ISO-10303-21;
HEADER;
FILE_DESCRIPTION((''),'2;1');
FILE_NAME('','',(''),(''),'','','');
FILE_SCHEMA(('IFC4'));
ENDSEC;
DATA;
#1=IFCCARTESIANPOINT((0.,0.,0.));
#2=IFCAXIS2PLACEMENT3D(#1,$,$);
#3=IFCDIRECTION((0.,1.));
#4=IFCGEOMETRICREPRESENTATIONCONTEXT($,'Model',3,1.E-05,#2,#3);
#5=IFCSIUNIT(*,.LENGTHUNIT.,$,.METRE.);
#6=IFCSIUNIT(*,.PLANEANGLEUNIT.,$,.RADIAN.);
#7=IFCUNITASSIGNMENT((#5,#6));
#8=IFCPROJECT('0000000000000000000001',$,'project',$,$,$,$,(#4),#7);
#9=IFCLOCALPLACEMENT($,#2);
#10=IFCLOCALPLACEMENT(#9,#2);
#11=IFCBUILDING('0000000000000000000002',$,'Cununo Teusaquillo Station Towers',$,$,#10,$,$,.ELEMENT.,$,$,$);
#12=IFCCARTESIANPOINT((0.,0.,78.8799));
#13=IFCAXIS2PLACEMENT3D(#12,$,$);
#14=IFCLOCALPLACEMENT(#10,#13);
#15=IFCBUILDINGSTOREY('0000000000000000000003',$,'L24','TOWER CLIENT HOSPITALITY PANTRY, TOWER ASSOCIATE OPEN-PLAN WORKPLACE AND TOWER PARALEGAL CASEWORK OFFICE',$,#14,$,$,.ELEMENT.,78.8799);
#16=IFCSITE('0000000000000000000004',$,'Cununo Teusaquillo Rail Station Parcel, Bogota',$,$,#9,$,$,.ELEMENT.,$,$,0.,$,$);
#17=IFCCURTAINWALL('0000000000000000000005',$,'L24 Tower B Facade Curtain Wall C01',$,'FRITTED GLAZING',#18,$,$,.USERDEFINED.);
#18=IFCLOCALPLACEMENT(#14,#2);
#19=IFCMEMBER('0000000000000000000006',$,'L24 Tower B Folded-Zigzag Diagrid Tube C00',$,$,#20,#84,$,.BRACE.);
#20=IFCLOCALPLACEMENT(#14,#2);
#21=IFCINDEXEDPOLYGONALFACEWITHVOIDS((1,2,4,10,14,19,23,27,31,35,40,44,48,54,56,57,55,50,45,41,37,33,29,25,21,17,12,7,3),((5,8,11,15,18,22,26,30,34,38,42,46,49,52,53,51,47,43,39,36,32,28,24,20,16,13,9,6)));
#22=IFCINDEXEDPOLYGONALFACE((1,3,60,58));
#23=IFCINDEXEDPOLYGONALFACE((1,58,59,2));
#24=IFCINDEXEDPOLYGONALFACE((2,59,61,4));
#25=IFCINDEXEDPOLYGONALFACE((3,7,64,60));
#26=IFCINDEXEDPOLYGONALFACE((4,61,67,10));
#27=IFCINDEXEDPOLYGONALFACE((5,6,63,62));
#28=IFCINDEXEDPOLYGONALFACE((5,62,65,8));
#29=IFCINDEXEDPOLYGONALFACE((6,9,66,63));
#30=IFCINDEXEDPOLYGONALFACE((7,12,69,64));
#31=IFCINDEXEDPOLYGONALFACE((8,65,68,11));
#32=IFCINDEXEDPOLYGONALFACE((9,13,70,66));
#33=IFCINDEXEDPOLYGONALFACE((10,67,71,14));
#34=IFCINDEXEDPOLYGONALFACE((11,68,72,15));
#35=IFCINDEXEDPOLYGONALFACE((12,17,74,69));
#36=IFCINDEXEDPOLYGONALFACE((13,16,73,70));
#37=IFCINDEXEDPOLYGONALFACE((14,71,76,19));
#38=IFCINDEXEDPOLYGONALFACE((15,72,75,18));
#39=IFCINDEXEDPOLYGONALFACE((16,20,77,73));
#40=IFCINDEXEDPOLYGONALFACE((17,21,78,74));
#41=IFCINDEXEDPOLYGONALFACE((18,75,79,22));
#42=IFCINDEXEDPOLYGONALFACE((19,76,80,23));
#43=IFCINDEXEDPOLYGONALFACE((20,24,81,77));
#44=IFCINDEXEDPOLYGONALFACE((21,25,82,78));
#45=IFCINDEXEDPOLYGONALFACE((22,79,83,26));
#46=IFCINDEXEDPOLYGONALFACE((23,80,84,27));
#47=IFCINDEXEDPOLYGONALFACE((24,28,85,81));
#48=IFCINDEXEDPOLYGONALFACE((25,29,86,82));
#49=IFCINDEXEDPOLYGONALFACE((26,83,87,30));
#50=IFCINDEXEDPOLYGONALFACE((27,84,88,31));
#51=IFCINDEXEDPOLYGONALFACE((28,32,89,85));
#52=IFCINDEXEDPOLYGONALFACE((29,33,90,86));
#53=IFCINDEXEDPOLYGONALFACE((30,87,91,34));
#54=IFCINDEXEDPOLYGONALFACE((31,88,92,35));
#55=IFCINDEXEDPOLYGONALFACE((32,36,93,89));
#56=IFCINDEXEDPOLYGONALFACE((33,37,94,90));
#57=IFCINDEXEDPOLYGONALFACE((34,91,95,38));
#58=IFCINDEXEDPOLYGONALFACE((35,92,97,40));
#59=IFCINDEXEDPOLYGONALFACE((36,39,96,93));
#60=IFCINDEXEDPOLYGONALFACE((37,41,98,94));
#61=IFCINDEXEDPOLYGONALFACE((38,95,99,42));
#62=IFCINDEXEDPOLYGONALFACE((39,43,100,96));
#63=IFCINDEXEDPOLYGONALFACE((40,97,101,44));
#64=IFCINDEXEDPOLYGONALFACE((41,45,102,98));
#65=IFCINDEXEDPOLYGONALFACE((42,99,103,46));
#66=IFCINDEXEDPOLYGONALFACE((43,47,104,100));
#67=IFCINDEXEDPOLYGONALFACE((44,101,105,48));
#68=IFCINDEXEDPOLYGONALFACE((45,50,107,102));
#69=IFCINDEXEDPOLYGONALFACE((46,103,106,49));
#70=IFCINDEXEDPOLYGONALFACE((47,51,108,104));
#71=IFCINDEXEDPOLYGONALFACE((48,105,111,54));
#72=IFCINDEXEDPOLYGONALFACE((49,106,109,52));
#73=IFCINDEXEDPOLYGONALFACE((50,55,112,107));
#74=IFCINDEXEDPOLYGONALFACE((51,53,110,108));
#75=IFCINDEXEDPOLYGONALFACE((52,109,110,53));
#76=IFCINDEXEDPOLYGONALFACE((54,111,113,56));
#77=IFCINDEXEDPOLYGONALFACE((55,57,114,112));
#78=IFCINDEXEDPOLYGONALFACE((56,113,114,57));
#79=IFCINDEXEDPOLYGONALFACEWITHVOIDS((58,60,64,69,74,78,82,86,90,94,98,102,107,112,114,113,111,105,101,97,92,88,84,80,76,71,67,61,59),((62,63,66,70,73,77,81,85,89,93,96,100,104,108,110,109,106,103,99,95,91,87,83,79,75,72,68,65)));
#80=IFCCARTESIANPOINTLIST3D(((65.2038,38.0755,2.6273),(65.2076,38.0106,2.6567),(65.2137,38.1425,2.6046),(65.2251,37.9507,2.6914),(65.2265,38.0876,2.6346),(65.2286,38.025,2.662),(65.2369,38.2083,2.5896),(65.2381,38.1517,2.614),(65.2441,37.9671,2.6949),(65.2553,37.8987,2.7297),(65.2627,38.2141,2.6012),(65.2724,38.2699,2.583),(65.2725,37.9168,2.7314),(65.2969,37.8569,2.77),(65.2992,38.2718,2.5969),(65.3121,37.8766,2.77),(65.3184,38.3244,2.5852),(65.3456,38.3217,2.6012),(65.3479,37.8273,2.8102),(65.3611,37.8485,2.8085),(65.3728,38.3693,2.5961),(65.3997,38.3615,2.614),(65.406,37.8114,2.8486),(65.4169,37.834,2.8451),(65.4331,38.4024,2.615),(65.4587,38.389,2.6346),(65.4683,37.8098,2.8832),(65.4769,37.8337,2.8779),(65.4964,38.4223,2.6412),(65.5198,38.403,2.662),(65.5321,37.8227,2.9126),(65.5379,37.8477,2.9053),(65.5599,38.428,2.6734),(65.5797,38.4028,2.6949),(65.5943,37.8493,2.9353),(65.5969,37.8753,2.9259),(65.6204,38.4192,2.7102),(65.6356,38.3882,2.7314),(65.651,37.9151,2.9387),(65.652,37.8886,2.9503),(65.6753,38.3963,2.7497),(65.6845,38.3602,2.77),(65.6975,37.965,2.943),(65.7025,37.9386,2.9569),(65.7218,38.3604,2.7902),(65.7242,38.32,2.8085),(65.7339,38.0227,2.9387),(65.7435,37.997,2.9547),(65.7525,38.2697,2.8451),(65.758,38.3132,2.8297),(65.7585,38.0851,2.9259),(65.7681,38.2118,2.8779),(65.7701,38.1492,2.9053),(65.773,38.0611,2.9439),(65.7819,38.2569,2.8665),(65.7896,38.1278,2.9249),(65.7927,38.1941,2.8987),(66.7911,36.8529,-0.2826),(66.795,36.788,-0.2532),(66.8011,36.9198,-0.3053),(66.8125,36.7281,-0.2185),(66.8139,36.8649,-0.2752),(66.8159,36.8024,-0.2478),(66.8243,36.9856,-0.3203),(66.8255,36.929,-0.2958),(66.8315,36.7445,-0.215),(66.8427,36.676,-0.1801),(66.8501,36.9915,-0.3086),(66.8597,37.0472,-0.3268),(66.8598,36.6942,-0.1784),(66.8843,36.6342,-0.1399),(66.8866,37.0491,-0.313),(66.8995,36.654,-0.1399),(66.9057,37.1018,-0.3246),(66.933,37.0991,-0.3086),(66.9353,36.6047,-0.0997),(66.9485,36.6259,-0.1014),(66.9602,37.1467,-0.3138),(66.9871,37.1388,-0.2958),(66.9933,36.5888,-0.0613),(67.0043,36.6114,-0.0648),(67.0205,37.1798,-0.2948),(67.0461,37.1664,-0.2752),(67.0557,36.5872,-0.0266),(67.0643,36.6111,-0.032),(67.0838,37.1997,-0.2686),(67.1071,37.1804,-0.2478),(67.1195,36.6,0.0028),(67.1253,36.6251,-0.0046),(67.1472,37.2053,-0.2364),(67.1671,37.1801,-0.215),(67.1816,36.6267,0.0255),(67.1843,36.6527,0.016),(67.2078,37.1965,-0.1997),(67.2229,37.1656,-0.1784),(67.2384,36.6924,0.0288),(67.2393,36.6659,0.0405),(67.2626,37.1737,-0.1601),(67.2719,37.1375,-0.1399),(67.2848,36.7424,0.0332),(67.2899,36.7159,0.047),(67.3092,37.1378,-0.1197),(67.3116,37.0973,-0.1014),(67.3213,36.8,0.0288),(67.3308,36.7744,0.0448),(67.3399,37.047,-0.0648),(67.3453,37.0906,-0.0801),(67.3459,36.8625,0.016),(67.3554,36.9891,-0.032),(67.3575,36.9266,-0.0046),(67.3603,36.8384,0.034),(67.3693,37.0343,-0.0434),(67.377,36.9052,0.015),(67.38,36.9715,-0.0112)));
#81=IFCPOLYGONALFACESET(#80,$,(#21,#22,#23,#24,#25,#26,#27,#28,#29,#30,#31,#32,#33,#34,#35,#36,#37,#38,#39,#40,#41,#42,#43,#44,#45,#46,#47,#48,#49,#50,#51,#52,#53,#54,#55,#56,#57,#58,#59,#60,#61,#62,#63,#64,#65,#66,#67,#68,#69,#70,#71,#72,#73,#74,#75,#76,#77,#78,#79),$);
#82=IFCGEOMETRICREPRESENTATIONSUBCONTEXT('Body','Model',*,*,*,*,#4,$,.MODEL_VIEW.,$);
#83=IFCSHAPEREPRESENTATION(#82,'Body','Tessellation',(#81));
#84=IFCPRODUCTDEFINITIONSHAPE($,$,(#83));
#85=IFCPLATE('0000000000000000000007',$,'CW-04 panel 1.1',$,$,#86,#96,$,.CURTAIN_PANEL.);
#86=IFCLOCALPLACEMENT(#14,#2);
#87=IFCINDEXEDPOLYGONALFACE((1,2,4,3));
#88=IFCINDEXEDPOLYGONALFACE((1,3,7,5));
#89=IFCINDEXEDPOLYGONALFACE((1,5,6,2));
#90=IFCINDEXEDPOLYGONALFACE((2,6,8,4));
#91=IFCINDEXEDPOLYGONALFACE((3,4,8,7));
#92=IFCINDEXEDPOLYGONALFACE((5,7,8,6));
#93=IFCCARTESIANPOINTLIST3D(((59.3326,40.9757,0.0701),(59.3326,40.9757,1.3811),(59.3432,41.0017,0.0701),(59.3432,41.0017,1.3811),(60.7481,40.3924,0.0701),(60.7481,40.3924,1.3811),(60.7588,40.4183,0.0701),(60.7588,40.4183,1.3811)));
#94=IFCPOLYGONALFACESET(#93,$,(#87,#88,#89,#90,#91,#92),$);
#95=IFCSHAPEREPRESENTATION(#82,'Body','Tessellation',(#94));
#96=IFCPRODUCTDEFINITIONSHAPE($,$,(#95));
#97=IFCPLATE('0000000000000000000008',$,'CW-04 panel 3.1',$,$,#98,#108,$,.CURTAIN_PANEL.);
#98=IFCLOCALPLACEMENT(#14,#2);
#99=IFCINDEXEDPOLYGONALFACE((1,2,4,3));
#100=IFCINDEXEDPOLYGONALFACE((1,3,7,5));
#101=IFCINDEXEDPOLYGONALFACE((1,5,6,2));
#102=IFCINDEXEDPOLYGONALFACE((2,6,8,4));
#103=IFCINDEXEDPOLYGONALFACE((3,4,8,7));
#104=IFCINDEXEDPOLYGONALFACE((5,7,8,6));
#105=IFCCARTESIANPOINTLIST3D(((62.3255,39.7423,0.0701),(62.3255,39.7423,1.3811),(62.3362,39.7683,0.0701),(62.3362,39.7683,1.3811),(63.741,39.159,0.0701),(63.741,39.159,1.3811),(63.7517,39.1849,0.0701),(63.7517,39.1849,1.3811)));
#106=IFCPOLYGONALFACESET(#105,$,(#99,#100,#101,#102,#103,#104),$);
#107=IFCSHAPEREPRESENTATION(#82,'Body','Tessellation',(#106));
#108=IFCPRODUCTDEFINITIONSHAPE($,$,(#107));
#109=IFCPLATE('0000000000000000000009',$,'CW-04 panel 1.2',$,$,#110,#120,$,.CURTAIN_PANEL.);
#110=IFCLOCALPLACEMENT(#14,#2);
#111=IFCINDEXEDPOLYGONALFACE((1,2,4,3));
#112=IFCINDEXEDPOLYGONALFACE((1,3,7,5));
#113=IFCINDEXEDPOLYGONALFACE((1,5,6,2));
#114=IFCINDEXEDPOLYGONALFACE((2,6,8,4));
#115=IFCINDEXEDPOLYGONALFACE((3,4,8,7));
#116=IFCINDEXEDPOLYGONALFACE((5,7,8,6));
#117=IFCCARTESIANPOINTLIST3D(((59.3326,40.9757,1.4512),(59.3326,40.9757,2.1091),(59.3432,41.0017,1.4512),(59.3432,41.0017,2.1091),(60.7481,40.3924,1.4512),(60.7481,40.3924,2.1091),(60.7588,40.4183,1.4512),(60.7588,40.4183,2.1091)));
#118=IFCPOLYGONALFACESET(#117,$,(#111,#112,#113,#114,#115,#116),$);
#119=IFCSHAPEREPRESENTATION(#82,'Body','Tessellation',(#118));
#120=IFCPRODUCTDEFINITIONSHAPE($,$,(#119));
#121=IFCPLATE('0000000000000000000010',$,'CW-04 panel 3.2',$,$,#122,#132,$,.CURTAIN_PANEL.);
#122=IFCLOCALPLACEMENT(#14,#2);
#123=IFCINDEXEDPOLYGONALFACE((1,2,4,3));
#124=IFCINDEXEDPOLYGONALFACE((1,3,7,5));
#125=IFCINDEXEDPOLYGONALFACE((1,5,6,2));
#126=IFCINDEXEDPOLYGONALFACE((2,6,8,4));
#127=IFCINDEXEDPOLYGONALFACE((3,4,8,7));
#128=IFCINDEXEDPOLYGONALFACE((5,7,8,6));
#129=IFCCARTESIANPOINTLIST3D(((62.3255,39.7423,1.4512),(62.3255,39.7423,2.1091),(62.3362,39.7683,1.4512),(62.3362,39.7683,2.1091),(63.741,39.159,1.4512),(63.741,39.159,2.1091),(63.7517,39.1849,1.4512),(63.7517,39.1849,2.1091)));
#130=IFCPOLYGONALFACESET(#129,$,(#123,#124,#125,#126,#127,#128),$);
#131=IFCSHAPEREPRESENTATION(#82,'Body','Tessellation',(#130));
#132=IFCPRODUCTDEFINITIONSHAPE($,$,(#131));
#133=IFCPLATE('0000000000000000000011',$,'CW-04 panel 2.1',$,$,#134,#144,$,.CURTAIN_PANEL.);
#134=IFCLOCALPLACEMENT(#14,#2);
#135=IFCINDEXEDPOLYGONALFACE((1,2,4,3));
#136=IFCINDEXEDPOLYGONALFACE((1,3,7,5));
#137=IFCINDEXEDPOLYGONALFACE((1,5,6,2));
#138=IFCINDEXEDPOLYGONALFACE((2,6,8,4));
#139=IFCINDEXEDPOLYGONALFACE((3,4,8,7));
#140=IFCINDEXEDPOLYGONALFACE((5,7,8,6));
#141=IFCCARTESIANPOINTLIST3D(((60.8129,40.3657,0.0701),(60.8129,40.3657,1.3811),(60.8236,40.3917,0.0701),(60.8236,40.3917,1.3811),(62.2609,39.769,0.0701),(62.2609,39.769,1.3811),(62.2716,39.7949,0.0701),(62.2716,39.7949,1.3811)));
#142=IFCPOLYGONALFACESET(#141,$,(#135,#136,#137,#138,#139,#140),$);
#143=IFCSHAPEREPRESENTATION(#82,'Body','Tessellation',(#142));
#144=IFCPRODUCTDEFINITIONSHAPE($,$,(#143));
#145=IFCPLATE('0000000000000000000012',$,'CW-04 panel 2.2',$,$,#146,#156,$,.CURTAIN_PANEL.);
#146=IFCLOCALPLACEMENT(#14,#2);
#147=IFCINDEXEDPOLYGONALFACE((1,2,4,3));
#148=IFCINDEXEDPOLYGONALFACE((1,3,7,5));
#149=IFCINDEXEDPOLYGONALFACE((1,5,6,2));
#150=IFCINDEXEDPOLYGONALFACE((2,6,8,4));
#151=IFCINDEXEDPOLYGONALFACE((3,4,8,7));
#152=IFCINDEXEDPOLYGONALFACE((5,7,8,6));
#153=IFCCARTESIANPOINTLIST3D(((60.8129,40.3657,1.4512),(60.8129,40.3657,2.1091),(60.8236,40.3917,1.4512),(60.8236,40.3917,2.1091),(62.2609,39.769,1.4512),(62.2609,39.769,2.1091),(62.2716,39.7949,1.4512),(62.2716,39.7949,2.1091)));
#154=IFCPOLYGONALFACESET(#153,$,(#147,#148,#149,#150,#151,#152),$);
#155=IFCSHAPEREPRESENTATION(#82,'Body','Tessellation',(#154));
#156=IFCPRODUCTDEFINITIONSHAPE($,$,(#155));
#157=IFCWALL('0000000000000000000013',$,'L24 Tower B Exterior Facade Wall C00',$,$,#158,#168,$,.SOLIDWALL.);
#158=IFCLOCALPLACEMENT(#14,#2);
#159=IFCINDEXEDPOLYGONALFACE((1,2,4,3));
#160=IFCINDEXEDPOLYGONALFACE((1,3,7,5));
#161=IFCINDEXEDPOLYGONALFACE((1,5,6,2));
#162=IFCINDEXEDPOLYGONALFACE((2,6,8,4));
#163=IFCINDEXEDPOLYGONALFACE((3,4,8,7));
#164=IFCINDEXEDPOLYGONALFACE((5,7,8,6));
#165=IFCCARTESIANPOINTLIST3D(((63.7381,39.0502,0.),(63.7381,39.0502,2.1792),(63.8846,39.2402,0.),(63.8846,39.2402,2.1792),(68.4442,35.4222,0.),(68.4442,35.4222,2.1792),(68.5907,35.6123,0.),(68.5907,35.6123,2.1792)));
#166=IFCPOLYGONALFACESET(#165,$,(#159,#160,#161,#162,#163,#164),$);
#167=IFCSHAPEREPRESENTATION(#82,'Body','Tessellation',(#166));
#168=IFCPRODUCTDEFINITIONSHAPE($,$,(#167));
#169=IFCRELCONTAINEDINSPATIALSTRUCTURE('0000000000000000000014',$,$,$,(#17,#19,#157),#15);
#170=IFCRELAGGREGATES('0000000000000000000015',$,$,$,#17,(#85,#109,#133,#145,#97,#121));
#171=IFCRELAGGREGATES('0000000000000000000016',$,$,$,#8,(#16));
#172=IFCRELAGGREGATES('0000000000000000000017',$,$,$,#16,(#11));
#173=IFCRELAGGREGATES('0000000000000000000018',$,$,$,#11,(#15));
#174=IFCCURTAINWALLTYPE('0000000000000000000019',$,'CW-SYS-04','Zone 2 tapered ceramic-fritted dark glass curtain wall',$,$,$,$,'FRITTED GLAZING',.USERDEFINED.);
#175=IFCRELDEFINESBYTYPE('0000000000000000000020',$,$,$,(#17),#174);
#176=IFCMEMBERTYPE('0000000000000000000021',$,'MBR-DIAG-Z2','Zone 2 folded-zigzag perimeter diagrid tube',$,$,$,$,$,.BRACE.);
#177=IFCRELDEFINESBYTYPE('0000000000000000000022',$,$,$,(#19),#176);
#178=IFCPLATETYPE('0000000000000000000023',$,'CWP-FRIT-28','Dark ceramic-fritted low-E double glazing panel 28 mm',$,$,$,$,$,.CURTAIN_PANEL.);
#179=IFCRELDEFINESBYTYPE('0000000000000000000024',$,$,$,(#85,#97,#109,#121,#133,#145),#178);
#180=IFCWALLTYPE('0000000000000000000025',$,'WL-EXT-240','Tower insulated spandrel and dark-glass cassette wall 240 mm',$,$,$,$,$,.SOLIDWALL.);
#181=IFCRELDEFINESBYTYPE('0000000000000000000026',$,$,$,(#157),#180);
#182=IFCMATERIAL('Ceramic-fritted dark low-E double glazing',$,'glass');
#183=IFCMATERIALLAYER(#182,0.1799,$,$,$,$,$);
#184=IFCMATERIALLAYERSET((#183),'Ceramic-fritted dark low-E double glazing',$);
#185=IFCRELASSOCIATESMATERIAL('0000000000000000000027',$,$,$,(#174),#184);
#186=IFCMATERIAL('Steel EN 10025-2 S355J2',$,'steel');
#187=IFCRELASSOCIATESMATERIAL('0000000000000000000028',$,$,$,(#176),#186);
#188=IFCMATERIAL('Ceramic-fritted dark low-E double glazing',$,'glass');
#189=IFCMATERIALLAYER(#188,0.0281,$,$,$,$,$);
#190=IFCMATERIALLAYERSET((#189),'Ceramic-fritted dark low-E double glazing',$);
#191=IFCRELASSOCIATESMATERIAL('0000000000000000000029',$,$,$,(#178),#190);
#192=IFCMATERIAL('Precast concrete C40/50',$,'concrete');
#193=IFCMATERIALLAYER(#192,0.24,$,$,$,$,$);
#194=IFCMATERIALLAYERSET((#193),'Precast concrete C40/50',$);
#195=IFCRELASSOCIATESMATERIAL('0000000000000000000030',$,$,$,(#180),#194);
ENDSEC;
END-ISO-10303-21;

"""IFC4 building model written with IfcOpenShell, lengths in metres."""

from ifc_helpers import new_model, si_unit, direction, frame, frame_2d, origin, origin_2d, place, context, subcontext, project, spatial, rectangle, hollow_circle, extrude, source, transform, mapped, material, layer, layer_set, material_profile, profile_set, type_object, element, aggregate, save


model = new_model("IFC4")

# Units and contexts
model_context = context("Model", 3, precision=1e-05, world=origin(), true_north=direction((0.0, 1.0)))
body_context = subcontext(model_context, "Body", "Model", "MODEL_VIEW")
ifc_project = project(units=[si_unit("LENGTHUNIT", "METRE"), si_unit("PLANEANGLEUNIT", "RADIAN")], contexts=[model_context])

# Site, building, storey
site_placement = place(None, origin())
site = spatial("IfcSite", under=ifc_project, at=site_placement, Name="Cununo Teusaquillo Rail Station Parcel, Bogota", CompositionType="ELEMENT", RefElevation=0.0)
building_placement = place(site_placement, origin())
building = spatial("IfcBuilding", under=site, at=building_placement, Name="Cununo Teusaquillo Station Towers", CompositionType="ELEMENT")
storey_placement = place(building_placement, frame((0.0, 0.0, 78.8799)))
storey = spatial("IfcBuildingStorey", under=building, at=storey_placement, Name="L24", Description="TOWER CLIENT HOSPITALITY PANTRY, TOWER ASSOCIATE OPEN-PLAN WORKPLACE AND TOWER PARALEGAL CASEWORK OFFICE", CompositionType="ELEMENT", Elevation=78.8799)

# Curtain wall
ifc_material_1 = material(Name="Ceramic-fritted dark low-E double glazing", Category="glass")
ifc_layer_1 = layer(ifc_material_1, 0.1799)
ifc_layer_set_1 = layer_set([ifc_layer_1], Name="Ceramic-fritted dark low-E double glazing")
curtain_wall_type = type_object("IfcCurtainWallType", Name="CW-SYS-04", Description="Zone 2 tapered ceramic-fritted dark glass curtain wall", ElementType="FRITTED GLAZING", PredefinedType="USERDEFINED", material=ifc_layer_set_1)
curtain_wall_placement = place(storey_placement, origin())
curtain_wall = element("IfcCurtainWall", 1, at=curtain_wall_placement, inside=storey, type_object=curtain_wall_type, Name="L24 Tower B Facade Curtain Wall C01", ObjectType="FRITTED GLAZING", PredefinedType="USERDEFINED")

# Member
ifc_material_2 = material(Name="Steel EN 10025-2 S355J2", Category="steel")
ifc_material_profile_1 = material_profile(ifc_material_2, hollow_circle(Radius=0.3301, WallThickness=0.0249, at=origin_2d()), Name="CHS 660x25")
ifc_profile_set_1 = profile_set([ifc_material_profile_1], Name="Steel EN 10025-2 S355J2")
member_type_1 = type_object("IfcMemberType", Name="MBR-DIAG-Z2", Description="Zone 2 folded-zigzag perimeter diagrid tube", PredefinedType="BRACE", material=ifc_profile_set_1)
member_1_placement = place(storey_placement, frame((67.0857, 36.8958, -0.1399), z_axis=(-0.449303, 0.346064, 0.82363), x_axis=(-0.610205, -0.792243, 0.0)))
element("IfcMember", 2, at=member_1_placement, inside=storey, type_object=member_type_1, Name="L24 Tower B Folded-Zigzag Diagrid Tube C00", PredefinedType="BRACE", context=body_context, shape_type="SweptSolid", body=[
    extrude(hollow_circle(Radius=0.3301, WallThickness=0.0249, at=origin_2d()), origin(), (0.0, 0.0, 1.0), 3.533),
])

# Plates
ifc_material_3 = material(Name="Ceramic-fritted dark low-E double glazing", Category="glass")
ifc_layer_2 = layer(ifc_material_3, 0.0281)
ifc_layer_set_2 = layer_set([ifc_layer_2], Name="Ceramic-fritted dark low-E double glazing")
plate_type = type_object("IfcPlateType", Name="CWP-FRIT-28", Description="Dark ceramic-fritted low-E double glazing panel 28 mm", PredefinedType="CURTAIN_PANEL", material=ifc_layer_set_2)
shared_shape_1 = source(origin(), body_context, "Body", "SweptSolid", [
    extrude(rectangle(XDim=1.531, YDim=0.0281, at=origin_2d()), origin(), (0.0, 0.0, 1.0), 1.311),
])
plate_1_placement = place(storey_placement, frame((60.0457, 40.697, 0.0701), z_axis=(0.0, 0.0, 1.0), x_axis=(0.924562, -0.381031, 0.0)))
plate_1 = element("IfcPlate", 3, at=plate_1_placement, type_object=plate_type, Name="CW-04 panel 1.1", PredefinedType="CURTAIN_PANEL", context=body_context, shape_type="MappedRepresentation", body=[
    mapped(shared_shape_1, transform((0.0, 0.0, 0.0), x_axis=(1.0, 0.0, 0.0), y_axis=(0.0, 1.0, 0.0), z_axis=(0.0, 0.0, 1.0), scale=1.0)),
])
plate_2_placement = place(storey_placement, frame((63.0386, 39.4636, 0.0701), z_axis=(0.0, 0.0, 1.0), x_axis=(0.924562, -0.381031, 0.0)))
plate_2 = element("IfcPlate", 4, at=plate_2_placement, type_object=plate_type, Name="CW-04 panel 3.1", PredefinedType="CURTAIN_PANEL", context=body_context, shape_type="MappedRepresentation", body=[
    mapped(shared_shape_1, transform((0.0, 0.0, 0.0), x_axis=(1.0, 0.0, 0.0), y_axis=(0.0, 1.0, 0.0), z_axis=(0.0, 0.0, 1.0), scale=1.0)),
])
shared_shape_2 = source(origin(), body_context, "Body", "SweptSolid", [
    extrude(rectangle(XDim=1.531, YDim=0.0281, at=origin_2d()), origin(), (0.0, 0.0, 1.0), 0.658),
])
plate_3_placement = place(storey_placement, frame((60.0457, 40.697, 1.4512), z_axis=(0.0, 0.0, 1.0), x_axis=(0.924562, -0.381031, 0.0)))
plate_3 = element("IfcPlate", 5, at=plate_3_placement, type_object=plate_type, Name="CW-04 panel 1.2", PredefinedType="CURTAIN_PANEL", context=body_context, shape_type="MappedRepresentation", body=[
    mapped(shared_shape_2, transform((0.0, 0.0, 0.0), x_axis=(1.0, 0.0, 0.0), y_axis=(0.0, 1.0, 0.0), z_axis=(0.0, 0.0, 1.0), scale=1.0)),
])
plate_4_placement = place(storey_placement, frame((63.0386, 39.4636, 1.4512), z_axis=(0.0, 0.0, 1.0), x_axis=(0.924562, -0.381031, 0.0)))
plate_4 = element("IfcPlate", 6, at=plate_4_placement, type_object=plate_type, Name="CW-04 panel 3.2", PredefinedType="CURTAIN_PANEL", context=body_context, shape_type="MappedRepresentation", body=[
    mapped(shared_shape_2, transform((0.0, 0.0, 0.0), x_axis=(1.0, 0.0, 0.0), y_axis=(0.0, 1.0, 0.0), z_axis=(0.0, 0.0, 1.0), scale=1.0)),
])
shared_shape_3 = source(origin(), body_context, "Body", "SweptSolid", [
    extrude(rectangle(XDim=1.5662, YDim=0.0281, at=origin_2d()), origin(), (0.0, 0.0, 1.0), 1.311),
])
plate_5_placement = place(storey_placement, frame((61.5422, 40.0803, 0.0701), z_axis=(0.0, 0.0, 1.0), x_axis=(0.924562, -0.381031, 0.0)))
plate_5 = element("IfcPlate", 7, at=plate_5_placement, type_object=plate_type, Name="CW-04 panel 2.1", PredefinedType="CURTAIN_PANEL", context=body_context, shape_type="MappedRepresentation", body=[
    mapped(shared_shape_3, transform((0.0, 0.0, 0.0), x_axis=(1.0, 0.0, 0.0), y_axis=(0.0, 1.0, 0.0), z_axis=(0.0, 0.0, 1.0), scale=1.0)),
])
shared_shape_4 = source(origin(), body_context, "Body", "SweptSolid", [
    extrude(rectangle(XDim=1.5662, YDim=0.0281, at=origin_2d()), origin(), (0.0, 0.0, 1.0), 0.658),
])
plate_6_placement = place(storey_placement, frame((61.5422, 40.0803, 1.4512), z_axis=(0.0, 0.0, 1.0), x_axis=(0.924562, -0.381031, 0.0)))
plate_6 = element("IfcPlate", 8, at=plate_6_placement, type_object=plate_type, Name="CW-04 panel 2.2", PredefinedType="CURTAIN_PANEL", context=body_context, shape_type="MappedRepresentation", body=[
    mapped(shared_shape_4, transform((0.0, 0.0, 0.0), x_axis=(1.0, 0.0, 0.0), y_axis=(0.0, 1.0, 0.0), z_axis=(0.0, 0.0, 1.0), scale=1.0)),
])
aggregate(curtain_wall, [plate_1, plate_3, plate_5, plate_6, plate_2, plate_4])

# Wall
ifc_material_4 = material(Name="Precast concrete C40/50", Category="concrete")
ifc_layer_3 = layer(ifc_material_4, 0.24)
ifc_layer_set_3 = layer_set([ifc_layer_3], Name="Precast concrete C40/50")
wall_type_1 = type_object("IfcWallType", Name="WL-EXT-240", Description="Tower insulated spandrel and dark-glass cassette wall 240 mm", PredefinedType="SOLIDWALL", material=ifc_layer_set_3)
wall_1_placement = place(storey_placement, frame((63.8113, 39.1453, 0.0), z_axis=(0.0, 0.0, 1.0), x_axis=(0.791982, -0.610544, 0.0)))
element("IfcWall", 9, at=wall_1_placement, inside=storey, type_object=wall_type_1, Name="L24 Tower B Exterior Facade Wall C00", PredefinedType="SOLIDWALL", context=body_context, shape_type="SweptSolid", body=[
    extrude(rectangle(XDim=5.9421, YDim=0.24, at=frame_2d((2.9712, 0.0))), origin(), (0.0, 0.0, 1.0), 2.1792),
])

save(model, "model.ifc")
